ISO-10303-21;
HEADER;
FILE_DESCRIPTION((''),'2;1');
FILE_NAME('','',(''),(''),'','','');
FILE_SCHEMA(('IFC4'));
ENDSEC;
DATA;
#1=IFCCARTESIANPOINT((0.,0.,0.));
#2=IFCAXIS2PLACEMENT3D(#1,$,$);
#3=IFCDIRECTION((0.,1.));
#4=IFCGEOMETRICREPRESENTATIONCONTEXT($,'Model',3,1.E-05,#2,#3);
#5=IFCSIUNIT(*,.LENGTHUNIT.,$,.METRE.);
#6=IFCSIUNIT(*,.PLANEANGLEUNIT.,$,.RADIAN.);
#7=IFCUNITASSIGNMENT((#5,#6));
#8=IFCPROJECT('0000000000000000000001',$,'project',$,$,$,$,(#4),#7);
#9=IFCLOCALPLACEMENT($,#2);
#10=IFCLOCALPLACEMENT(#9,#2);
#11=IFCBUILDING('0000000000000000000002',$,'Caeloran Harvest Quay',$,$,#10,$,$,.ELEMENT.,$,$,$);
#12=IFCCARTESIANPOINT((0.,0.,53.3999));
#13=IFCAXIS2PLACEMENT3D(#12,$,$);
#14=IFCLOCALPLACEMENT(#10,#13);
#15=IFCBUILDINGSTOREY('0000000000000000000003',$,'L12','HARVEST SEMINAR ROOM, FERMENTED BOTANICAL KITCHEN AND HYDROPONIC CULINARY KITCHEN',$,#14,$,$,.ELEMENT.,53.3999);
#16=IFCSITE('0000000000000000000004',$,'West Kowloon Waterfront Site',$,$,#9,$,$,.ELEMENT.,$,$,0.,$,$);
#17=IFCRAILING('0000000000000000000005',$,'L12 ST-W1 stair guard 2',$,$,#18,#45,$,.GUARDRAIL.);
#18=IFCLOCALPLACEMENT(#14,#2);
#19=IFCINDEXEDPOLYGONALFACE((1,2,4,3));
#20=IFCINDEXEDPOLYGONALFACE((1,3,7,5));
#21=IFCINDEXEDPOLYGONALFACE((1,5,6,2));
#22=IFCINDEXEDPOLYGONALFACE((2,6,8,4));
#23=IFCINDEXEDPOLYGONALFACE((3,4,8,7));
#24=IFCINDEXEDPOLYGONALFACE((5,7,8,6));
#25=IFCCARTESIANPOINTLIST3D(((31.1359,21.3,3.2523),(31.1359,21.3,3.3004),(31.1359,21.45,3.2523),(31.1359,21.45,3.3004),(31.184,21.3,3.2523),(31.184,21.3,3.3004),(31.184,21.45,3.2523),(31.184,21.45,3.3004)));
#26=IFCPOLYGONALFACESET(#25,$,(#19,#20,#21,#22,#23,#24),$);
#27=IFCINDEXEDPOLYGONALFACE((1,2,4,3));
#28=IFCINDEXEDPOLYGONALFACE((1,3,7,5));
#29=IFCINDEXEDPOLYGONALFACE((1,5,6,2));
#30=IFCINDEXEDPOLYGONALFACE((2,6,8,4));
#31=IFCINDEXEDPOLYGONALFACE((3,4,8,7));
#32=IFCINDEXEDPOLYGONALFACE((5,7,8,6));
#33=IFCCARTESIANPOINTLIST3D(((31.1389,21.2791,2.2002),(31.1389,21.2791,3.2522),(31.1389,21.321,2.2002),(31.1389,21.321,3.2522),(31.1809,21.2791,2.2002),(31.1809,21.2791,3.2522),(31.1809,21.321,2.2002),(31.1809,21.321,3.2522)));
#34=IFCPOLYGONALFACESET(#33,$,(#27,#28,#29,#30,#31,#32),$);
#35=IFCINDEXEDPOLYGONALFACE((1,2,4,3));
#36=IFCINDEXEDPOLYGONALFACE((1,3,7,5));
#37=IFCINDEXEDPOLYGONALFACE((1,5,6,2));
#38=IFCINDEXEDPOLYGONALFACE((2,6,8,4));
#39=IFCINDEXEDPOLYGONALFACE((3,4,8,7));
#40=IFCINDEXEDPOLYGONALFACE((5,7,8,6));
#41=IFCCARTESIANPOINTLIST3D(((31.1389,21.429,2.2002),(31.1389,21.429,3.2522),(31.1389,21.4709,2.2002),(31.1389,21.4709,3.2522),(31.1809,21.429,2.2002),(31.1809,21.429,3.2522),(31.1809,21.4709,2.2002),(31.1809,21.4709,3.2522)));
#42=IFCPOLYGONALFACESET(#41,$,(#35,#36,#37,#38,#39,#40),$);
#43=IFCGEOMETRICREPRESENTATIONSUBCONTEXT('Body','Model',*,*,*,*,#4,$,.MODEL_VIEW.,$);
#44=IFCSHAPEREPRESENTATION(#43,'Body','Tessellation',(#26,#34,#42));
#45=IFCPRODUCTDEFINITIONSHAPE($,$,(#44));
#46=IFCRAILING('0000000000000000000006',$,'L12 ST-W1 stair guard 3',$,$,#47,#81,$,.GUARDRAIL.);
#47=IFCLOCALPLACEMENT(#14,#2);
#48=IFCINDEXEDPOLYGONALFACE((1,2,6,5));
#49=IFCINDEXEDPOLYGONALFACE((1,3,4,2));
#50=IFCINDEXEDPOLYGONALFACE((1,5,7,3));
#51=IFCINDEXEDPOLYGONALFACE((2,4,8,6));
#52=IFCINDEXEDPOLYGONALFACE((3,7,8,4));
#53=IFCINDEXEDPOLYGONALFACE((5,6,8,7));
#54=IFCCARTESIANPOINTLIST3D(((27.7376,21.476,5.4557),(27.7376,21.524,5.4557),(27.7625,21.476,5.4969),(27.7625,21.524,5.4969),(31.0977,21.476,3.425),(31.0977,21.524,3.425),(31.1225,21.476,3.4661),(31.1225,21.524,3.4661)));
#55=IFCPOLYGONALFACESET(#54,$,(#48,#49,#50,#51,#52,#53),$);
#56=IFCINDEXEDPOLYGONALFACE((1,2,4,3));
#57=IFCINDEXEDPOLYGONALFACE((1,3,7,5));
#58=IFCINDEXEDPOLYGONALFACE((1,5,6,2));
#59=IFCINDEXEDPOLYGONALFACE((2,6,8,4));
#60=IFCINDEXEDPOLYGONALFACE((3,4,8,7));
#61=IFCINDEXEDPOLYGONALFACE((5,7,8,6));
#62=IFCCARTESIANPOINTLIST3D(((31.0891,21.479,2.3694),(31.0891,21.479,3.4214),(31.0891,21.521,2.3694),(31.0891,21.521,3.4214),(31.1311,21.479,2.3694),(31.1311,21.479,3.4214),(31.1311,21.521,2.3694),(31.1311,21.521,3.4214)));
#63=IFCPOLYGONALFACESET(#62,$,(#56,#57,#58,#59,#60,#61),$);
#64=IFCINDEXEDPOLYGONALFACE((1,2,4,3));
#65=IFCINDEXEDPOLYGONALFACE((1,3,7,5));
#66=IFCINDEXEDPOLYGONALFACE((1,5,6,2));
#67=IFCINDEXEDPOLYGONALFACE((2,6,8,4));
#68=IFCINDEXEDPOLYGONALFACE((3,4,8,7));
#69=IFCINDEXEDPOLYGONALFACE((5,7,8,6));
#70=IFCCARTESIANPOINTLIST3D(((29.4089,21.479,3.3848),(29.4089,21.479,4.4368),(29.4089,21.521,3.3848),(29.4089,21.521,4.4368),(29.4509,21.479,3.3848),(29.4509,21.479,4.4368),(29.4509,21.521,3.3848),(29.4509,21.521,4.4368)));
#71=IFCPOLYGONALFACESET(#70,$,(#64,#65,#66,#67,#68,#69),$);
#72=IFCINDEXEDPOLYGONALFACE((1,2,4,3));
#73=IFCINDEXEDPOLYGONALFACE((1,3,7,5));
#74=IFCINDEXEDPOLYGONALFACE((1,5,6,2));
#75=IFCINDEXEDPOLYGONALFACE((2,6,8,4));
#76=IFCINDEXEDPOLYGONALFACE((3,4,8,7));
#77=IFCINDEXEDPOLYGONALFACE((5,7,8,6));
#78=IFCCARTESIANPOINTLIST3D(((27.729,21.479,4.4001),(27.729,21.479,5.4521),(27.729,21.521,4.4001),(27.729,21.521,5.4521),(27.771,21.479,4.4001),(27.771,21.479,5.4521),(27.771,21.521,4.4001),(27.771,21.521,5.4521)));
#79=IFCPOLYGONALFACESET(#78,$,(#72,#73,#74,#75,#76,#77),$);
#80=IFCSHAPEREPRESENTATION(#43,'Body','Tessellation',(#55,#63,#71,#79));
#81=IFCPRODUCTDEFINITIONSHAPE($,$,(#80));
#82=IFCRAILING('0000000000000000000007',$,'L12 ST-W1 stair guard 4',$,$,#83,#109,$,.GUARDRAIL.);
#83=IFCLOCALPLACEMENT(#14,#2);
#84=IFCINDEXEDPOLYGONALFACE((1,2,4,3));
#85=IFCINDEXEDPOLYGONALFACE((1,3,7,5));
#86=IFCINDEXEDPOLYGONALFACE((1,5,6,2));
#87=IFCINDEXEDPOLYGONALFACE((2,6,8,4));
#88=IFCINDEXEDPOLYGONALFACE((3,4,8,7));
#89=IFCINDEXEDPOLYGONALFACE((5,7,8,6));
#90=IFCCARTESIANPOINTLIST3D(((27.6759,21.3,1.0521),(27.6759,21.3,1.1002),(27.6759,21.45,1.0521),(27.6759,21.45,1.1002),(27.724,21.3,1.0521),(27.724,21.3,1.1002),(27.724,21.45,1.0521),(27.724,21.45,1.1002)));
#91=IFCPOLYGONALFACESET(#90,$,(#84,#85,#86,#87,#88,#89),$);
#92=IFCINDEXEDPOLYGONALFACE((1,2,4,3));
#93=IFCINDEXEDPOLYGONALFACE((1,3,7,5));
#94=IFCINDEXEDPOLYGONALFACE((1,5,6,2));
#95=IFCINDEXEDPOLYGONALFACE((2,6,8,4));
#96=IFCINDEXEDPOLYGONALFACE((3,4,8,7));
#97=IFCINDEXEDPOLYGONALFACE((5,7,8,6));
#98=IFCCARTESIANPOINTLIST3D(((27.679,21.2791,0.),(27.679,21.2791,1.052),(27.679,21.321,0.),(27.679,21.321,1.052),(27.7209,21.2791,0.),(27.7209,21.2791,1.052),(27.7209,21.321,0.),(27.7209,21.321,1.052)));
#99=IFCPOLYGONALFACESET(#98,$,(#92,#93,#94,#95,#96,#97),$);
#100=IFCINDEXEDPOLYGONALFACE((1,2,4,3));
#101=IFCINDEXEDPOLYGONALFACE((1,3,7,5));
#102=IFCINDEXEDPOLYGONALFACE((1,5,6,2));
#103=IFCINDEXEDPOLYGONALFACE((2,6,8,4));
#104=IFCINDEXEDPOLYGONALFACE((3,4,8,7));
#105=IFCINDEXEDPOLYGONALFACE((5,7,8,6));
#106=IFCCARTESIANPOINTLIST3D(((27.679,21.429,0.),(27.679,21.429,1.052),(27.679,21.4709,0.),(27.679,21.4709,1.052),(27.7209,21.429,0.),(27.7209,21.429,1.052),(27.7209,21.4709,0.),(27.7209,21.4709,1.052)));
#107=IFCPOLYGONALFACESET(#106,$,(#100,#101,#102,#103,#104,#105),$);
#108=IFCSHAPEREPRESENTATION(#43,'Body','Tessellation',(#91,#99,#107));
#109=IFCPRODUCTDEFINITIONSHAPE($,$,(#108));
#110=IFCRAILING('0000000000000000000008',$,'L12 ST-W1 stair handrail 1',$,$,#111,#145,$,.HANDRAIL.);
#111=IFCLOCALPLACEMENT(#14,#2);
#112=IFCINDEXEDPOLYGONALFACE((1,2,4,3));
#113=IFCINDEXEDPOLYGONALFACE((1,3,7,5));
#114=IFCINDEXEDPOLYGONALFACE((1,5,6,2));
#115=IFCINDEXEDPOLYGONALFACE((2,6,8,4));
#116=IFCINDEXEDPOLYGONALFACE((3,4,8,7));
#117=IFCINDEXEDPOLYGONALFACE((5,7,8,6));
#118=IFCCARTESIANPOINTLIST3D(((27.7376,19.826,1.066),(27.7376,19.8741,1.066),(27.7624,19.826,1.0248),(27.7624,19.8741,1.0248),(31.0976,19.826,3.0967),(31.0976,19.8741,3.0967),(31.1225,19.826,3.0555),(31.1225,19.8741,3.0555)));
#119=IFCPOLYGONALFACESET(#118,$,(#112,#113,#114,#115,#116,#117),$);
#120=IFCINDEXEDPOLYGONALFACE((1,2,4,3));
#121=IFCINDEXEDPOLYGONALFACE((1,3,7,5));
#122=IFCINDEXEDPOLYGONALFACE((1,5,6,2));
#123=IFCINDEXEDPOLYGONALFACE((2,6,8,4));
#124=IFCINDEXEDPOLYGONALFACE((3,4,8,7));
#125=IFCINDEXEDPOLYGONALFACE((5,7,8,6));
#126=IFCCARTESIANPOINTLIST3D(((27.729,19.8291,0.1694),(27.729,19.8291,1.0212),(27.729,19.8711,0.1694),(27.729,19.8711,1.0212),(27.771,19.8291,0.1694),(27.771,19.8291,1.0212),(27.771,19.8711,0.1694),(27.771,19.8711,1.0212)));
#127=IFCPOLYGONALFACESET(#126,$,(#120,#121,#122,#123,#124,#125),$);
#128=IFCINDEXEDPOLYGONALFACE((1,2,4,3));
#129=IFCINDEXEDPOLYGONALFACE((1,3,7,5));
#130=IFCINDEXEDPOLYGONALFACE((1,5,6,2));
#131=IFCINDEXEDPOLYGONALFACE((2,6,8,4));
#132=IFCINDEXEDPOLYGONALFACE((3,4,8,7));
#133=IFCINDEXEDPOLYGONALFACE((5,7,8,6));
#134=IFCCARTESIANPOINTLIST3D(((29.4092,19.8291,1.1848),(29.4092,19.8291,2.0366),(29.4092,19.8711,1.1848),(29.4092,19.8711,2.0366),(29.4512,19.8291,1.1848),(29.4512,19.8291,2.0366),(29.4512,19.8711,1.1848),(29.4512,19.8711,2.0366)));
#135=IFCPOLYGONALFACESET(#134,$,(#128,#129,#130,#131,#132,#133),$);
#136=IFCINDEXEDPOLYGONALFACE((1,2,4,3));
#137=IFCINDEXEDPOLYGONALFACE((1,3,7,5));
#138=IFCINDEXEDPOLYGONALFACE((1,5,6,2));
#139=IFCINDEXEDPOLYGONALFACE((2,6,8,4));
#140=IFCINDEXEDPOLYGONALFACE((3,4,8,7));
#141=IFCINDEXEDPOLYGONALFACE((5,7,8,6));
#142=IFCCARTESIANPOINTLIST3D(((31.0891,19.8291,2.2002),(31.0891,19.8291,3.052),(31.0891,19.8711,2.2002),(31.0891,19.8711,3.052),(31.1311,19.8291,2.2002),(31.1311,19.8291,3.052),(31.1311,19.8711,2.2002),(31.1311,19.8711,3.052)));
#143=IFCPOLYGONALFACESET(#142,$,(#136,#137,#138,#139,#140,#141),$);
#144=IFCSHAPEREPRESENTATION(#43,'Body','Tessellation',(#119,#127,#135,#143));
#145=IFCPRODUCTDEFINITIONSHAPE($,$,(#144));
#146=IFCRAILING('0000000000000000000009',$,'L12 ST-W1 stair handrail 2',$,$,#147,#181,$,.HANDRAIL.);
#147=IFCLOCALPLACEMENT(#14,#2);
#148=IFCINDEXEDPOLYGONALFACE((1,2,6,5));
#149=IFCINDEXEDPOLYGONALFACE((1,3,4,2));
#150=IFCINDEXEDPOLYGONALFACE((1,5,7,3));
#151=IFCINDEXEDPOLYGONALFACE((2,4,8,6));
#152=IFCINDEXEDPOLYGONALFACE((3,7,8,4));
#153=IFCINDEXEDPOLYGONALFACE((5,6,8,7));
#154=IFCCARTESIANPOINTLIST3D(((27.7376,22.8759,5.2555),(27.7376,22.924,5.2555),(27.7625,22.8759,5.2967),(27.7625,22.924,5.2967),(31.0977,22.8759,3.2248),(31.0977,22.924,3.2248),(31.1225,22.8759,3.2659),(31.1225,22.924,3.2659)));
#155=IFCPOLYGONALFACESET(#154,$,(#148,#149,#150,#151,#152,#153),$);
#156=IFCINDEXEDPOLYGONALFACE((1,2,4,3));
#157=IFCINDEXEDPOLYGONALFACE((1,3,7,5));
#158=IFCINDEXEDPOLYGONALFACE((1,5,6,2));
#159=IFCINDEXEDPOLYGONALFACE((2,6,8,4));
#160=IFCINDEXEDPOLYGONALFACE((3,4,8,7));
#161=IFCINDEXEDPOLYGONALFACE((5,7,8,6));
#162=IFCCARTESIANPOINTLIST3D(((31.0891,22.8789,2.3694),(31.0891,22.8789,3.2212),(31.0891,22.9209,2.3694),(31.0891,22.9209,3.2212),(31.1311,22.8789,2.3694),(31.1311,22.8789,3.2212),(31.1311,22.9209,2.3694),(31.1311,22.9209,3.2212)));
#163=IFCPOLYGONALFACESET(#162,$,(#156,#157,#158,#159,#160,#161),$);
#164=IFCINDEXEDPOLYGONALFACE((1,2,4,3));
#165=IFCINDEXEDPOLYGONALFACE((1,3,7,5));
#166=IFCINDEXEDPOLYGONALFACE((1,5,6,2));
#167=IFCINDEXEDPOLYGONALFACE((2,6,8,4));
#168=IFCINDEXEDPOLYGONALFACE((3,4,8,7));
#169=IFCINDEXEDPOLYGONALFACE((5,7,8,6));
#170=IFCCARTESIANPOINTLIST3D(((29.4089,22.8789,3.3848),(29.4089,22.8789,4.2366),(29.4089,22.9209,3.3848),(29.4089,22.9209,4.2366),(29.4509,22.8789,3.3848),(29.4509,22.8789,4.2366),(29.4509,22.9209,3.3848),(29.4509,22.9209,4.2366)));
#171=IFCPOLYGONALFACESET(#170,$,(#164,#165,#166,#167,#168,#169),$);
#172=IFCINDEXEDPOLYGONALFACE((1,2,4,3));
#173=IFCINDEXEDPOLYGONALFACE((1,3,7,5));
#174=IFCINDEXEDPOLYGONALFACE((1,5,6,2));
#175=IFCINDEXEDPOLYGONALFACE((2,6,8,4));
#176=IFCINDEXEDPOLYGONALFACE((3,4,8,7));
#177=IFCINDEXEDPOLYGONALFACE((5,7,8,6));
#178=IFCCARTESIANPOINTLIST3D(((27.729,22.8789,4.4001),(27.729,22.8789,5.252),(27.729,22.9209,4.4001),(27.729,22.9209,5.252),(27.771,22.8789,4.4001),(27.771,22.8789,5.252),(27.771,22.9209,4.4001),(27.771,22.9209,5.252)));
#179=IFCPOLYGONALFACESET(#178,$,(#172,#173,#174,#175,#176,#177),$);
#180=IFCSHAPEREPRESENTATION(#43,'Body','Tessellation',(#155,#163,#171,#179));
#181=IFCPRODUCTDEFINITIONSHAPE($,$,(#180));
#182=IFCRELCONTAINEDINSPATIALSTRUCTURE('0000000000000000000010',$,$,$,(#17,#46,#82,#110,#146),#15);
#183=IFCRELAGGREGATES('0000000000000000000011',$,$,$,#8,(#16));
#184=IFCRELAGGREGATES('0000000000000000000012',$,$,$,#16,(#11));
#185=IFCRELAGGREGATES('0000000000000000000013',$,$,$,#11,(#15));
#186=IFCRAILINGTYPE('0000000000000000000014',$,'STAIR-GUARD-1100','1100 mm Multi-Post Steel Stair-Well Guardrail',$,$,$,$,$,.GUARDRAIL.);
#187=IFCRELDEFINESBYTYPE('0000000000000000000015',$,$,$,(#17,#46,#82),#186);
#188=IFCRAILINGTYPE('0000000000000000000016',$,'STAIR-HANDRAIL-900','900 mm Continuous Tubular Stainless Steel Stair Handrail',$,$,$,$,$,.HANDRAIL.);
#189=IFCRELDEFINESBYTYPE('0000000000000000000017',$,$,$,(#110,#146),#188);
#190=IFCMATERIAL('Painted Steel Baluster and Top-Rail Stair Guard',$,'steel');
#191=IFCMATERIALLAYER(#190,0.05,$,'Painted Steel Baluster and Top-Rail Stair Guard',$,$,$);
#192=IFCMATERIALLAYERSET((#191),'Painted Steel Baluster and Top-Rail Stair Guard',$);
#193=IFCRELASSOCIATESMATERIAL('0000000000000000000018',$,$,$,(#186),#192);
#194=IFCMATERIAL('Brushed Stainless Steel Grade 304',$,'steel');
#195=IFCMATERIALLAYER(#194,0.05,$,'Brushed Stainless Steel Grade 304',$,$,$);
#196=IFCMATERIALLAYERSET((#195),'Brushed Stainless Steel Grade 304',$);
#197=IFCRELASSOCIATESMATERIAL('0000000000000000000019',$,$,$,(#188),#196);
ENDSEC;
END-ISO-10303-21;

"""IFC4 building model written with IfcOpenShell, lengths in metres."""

from ifc_helpers import new_model, si_unit, direction, frame, origin, origin_2d, place, context, subcontext, project, spatial, rectangle, extrude, material, layer, layer_set, type_object, element, save


model = new_model("IFC4")

# Units and contexts
model_context = context("Model", 3, precision=1e-05, world=origin(), true_north=direction((0.0, 1.0)))
body_context = subcontext(model_context, "Body", "Model", "MODEL_VIEW")
ifc_project = project(units=[si_unit("LENGTHUNIT", "METRE"), si_unit("PLANEANGLEUNIT", "RADIAN")], contexts=[model_context])

# Site, building, storey
site_placement = place(None, origin())
site = spatial("IfcSite", under=ifc_project, at=site_placement, Name="West Kowloon Waterfront Site", CompositionType="ELEMENT", RefElevation=0.0)
building_placement = place(site_placement, origin())
building = spatial("IfcBuilding", under=site, at=building_placement, Name="Caeloran Harvest Quay", CompositionType="ELEMENT")
storey_placement = place(building_placement, frame((0.0, 0.0, 53.3999)))
storey = spatial("IfcBuildingStorey", under=building, at=storey_placement, Name="L12", Description="HARVEST SEMINAR ROOM, FERMENTED BOTANICAL KITCHEN AND HYDROPONIC CULINARY KITCHEN", CompositionType="ELEMENT", Elevation=53.3999)

# Railings
ifc_material_1 = material(Name="Painted Steel Baluster and Top-Rail Stair Guard", Category="steel")
ifc_layer_1 = layer(ifc_material_1, 0.05, Name="Painted Steel Baluster and Top-Rail Stair Guard")
ifc_layer_set_1 = layer_set([ifc_layer_1], Name="Painted Steel Baluster and Top-Rail Stair Guard")
railing_type_1 = type_object("IfcRailingType", Name="STAIR-GUARD-1100", Description="1100 mm Multi-Post Steel Stair-Well Guardrail", PredefinedType="GUARDRAIL", material=ifc_layer_set_1)
railing_1_placement = place(storey_placement, frame((31.1599, 21.3, 2.2002)))
element("IfcRailing", 1, at=railing_1_placement, inside=storey, type_object=railing_type_1, Name="L12 ST-W1 stair guard 2", PredefinedType="GUARDRAIL", context=body_context, shape_type="SweptSolid", body=[
    extrude(rectangle(XDim=0.0481, YDim=0.0481, at=origin_2d()), frame((0.0, 0.0, 1.0762), z_axis=(0.0, 1.0, 0.0), x_axis=(-1.0, 0.0, 0.0)), (0.0, 0.0, 1.0), 0.1499),
    extrude(rectangle(XDim=0.042, YDim=0.042, at=origin_2d()), origin(), (0.0, 0.0, 1.0), 1.052),
    extrude(rectangle(XDim=0.042, YDim=0.042, at=origin_2d()), frame((0.0, 0.1499, 0.0)), (0.0, 0.0, 1.0), 1.052),
])
railing_2_placement = place(storey_placement, frame((31.1101, 21.5, 2.3694)))
element("IfcRailing", 2, at=railing_2_placement, inside=storey, type_object=railing_type_1, Name="L12 ST-W1 stair guard 3", PredefinedType="GUARDRAIL", context=body_context, shape_type="SweptSolid", body=[
    extrude(rectangle(XDim=0.0481, YDim=0.0481, at=origin_2d()), frame((0.0, 0.0, 1.0762), z_axis=(-0.855837, 0.0, 0.517246), x_axis=(0.0, -1.0, 0.0)), (0.0, 0.0, 1.0), 3.926),
    extrude(rectangle(XDim=0.042, YDim=0.042, at=origin_2d()), origin(), (0.0, 0.0, 1.0), 1.052),
    extrude(rectangle(XDim=0.042, YDim=0.042, at=origin_2d()), frame((-1.6802, 0.0, 1.0154)), (0.0, 0.0, 1.0), 1.052),
    extrude(rectangle(XDim=0.042, YDim=0.042, at=origin_2d()), frame((-3.3601, 0.0, 2.0308)), (0.0, 0.0, 1.0), 1.052),
])
railing_3_placement = place(storey_placement, frame((27.7, 21.3, 0.0)))
element("IfcRailing", 3, at=railing_3_placement, inside=storey, type_object=railing_type_1, Name="L12 ST-W1 stair guard 4", PredefinedType="GUARDRAIL", context=body_context, shape_type="SweptSolid", body=[
    extrude(rectangle(XDim=0.0481, YDim=0.0481, at=origin_2d()), frame((0.0, 0.0, 1.0762), z_axis=(0.0, 1.0, 0.0), x_axis=(-1.0, 0.0, 0.0)), (0.0, 0.0, 1.0), 0.1499),
    extrude(rectangle(XDim=0.042, YDim=0.042, at=origin_2d()), origin(), (0.0, 0.0, 1.0), 1.052),
    extrude(rectangle(XDim=0.042, YDim=0.042, at=origin_2d()), frame((0.0, 0.1499, 0.0)), (0.0, 0.0, 1.0), 1.052),
])
ifc_material_2 = material(Name="Brushed Stainless Steel Grade 304", Category="steel")
ifc_layer_2 = layer(ifc_material_2, 0.05, Name="Brushed Stainless Steel Grade 304")
ifc_layer_set_2 = layer_set([ifc_layer_2], Name="Brushed Stainless Steel Grade 304")
railing_type_2 = type_object("IfcRailingType", Name="STAIR-HANDRAIL-900", Description="900 mm Continuous Tubular Stainless Steel Stair Handrail", PredefinedType="HANDRAIL", material=ifc_layer_set_2)
railing_4_placement = place(storey_placement, frame((27.75, 19.8501, 0.1694)))
element("IfcRailing", 4, at=railing_4_placement, inside=storey, type_object=railing_type_2, Name="L12 ST-W1 stair handrail 1", PredefinedType="HANDRAIL", context=body_context, shape_type="SweptSolid", body=[
    extrude(rectangle(XDim=0.0481, YDim=0.0481, at=origin_2d()), frame((0.0, 0.0, 0.876), z_axis=(0.855837, 0.0, 0.517246), x_axis=(0.0, 1.0, 0.0)), (0.0, 0.0, 1.0), 3.926),
    extrude(rectangle(XDim=0.042, YDim=0.042, at=origin_2d()), origin(), (0.0, 0.0, 1.0), 0.8518),
    extrude(rectangle(XDim=0.042, YDim=0.042, at=origin_2d()), frame((1.6802, 0.0, 1.0154)), (0.0, 0.0, 1.0), 0.8518),
    extrude(rectangle(XDim=0.042, YDim=0.042, at=origin_2d()), frame((3.3601, 0.0, 2.0308)), (0.0, 0.0, 1.0), 0.8518),
])
railing_5_placement = place(storey_placement, frame((31.1101, 22.8999, 2.3694)))
element("IfcRailing", 5, at=railing_5_placement, inside=storey, type_object=railing_type_2, Name="L12 ST-W1 stair handrail 2", PredefinedType="HANDRAIL", context=body_context, shape_type="SweptSolid", body=[
    extrude(rectangle(XDim=0.0481, YDim=0.0481, at=origin_2d()), frame((0.0, 0.0, 0.876), z_axis=(-0.855837, 0.0, 0.517246), x_axis=(0.0, -1.0, 0.0)), (0.0, 0.0, 1.0), 3.926),
    extrude(rectangle(XDim=0.042, YDim=0.042, at=origin_2d()), origin(), (0.0, 0.0, 1.0), 0.8518),
    extrude(rectangle(XDim=0.042, YDim=0.042, at=origin_2d()), frame((-1.6802, 0.0, 1.0154)), (0.0, 0.0, 1.0), 0.8518),
    extrude(rectangle(XDim=0.042, YDim=0.042, at=origin_2d()), frame((-3.3601, 0.0, 2.0308)), (0.0, 0.0, 1.0), 0.8518),
])

save(model, "model.ifc")
